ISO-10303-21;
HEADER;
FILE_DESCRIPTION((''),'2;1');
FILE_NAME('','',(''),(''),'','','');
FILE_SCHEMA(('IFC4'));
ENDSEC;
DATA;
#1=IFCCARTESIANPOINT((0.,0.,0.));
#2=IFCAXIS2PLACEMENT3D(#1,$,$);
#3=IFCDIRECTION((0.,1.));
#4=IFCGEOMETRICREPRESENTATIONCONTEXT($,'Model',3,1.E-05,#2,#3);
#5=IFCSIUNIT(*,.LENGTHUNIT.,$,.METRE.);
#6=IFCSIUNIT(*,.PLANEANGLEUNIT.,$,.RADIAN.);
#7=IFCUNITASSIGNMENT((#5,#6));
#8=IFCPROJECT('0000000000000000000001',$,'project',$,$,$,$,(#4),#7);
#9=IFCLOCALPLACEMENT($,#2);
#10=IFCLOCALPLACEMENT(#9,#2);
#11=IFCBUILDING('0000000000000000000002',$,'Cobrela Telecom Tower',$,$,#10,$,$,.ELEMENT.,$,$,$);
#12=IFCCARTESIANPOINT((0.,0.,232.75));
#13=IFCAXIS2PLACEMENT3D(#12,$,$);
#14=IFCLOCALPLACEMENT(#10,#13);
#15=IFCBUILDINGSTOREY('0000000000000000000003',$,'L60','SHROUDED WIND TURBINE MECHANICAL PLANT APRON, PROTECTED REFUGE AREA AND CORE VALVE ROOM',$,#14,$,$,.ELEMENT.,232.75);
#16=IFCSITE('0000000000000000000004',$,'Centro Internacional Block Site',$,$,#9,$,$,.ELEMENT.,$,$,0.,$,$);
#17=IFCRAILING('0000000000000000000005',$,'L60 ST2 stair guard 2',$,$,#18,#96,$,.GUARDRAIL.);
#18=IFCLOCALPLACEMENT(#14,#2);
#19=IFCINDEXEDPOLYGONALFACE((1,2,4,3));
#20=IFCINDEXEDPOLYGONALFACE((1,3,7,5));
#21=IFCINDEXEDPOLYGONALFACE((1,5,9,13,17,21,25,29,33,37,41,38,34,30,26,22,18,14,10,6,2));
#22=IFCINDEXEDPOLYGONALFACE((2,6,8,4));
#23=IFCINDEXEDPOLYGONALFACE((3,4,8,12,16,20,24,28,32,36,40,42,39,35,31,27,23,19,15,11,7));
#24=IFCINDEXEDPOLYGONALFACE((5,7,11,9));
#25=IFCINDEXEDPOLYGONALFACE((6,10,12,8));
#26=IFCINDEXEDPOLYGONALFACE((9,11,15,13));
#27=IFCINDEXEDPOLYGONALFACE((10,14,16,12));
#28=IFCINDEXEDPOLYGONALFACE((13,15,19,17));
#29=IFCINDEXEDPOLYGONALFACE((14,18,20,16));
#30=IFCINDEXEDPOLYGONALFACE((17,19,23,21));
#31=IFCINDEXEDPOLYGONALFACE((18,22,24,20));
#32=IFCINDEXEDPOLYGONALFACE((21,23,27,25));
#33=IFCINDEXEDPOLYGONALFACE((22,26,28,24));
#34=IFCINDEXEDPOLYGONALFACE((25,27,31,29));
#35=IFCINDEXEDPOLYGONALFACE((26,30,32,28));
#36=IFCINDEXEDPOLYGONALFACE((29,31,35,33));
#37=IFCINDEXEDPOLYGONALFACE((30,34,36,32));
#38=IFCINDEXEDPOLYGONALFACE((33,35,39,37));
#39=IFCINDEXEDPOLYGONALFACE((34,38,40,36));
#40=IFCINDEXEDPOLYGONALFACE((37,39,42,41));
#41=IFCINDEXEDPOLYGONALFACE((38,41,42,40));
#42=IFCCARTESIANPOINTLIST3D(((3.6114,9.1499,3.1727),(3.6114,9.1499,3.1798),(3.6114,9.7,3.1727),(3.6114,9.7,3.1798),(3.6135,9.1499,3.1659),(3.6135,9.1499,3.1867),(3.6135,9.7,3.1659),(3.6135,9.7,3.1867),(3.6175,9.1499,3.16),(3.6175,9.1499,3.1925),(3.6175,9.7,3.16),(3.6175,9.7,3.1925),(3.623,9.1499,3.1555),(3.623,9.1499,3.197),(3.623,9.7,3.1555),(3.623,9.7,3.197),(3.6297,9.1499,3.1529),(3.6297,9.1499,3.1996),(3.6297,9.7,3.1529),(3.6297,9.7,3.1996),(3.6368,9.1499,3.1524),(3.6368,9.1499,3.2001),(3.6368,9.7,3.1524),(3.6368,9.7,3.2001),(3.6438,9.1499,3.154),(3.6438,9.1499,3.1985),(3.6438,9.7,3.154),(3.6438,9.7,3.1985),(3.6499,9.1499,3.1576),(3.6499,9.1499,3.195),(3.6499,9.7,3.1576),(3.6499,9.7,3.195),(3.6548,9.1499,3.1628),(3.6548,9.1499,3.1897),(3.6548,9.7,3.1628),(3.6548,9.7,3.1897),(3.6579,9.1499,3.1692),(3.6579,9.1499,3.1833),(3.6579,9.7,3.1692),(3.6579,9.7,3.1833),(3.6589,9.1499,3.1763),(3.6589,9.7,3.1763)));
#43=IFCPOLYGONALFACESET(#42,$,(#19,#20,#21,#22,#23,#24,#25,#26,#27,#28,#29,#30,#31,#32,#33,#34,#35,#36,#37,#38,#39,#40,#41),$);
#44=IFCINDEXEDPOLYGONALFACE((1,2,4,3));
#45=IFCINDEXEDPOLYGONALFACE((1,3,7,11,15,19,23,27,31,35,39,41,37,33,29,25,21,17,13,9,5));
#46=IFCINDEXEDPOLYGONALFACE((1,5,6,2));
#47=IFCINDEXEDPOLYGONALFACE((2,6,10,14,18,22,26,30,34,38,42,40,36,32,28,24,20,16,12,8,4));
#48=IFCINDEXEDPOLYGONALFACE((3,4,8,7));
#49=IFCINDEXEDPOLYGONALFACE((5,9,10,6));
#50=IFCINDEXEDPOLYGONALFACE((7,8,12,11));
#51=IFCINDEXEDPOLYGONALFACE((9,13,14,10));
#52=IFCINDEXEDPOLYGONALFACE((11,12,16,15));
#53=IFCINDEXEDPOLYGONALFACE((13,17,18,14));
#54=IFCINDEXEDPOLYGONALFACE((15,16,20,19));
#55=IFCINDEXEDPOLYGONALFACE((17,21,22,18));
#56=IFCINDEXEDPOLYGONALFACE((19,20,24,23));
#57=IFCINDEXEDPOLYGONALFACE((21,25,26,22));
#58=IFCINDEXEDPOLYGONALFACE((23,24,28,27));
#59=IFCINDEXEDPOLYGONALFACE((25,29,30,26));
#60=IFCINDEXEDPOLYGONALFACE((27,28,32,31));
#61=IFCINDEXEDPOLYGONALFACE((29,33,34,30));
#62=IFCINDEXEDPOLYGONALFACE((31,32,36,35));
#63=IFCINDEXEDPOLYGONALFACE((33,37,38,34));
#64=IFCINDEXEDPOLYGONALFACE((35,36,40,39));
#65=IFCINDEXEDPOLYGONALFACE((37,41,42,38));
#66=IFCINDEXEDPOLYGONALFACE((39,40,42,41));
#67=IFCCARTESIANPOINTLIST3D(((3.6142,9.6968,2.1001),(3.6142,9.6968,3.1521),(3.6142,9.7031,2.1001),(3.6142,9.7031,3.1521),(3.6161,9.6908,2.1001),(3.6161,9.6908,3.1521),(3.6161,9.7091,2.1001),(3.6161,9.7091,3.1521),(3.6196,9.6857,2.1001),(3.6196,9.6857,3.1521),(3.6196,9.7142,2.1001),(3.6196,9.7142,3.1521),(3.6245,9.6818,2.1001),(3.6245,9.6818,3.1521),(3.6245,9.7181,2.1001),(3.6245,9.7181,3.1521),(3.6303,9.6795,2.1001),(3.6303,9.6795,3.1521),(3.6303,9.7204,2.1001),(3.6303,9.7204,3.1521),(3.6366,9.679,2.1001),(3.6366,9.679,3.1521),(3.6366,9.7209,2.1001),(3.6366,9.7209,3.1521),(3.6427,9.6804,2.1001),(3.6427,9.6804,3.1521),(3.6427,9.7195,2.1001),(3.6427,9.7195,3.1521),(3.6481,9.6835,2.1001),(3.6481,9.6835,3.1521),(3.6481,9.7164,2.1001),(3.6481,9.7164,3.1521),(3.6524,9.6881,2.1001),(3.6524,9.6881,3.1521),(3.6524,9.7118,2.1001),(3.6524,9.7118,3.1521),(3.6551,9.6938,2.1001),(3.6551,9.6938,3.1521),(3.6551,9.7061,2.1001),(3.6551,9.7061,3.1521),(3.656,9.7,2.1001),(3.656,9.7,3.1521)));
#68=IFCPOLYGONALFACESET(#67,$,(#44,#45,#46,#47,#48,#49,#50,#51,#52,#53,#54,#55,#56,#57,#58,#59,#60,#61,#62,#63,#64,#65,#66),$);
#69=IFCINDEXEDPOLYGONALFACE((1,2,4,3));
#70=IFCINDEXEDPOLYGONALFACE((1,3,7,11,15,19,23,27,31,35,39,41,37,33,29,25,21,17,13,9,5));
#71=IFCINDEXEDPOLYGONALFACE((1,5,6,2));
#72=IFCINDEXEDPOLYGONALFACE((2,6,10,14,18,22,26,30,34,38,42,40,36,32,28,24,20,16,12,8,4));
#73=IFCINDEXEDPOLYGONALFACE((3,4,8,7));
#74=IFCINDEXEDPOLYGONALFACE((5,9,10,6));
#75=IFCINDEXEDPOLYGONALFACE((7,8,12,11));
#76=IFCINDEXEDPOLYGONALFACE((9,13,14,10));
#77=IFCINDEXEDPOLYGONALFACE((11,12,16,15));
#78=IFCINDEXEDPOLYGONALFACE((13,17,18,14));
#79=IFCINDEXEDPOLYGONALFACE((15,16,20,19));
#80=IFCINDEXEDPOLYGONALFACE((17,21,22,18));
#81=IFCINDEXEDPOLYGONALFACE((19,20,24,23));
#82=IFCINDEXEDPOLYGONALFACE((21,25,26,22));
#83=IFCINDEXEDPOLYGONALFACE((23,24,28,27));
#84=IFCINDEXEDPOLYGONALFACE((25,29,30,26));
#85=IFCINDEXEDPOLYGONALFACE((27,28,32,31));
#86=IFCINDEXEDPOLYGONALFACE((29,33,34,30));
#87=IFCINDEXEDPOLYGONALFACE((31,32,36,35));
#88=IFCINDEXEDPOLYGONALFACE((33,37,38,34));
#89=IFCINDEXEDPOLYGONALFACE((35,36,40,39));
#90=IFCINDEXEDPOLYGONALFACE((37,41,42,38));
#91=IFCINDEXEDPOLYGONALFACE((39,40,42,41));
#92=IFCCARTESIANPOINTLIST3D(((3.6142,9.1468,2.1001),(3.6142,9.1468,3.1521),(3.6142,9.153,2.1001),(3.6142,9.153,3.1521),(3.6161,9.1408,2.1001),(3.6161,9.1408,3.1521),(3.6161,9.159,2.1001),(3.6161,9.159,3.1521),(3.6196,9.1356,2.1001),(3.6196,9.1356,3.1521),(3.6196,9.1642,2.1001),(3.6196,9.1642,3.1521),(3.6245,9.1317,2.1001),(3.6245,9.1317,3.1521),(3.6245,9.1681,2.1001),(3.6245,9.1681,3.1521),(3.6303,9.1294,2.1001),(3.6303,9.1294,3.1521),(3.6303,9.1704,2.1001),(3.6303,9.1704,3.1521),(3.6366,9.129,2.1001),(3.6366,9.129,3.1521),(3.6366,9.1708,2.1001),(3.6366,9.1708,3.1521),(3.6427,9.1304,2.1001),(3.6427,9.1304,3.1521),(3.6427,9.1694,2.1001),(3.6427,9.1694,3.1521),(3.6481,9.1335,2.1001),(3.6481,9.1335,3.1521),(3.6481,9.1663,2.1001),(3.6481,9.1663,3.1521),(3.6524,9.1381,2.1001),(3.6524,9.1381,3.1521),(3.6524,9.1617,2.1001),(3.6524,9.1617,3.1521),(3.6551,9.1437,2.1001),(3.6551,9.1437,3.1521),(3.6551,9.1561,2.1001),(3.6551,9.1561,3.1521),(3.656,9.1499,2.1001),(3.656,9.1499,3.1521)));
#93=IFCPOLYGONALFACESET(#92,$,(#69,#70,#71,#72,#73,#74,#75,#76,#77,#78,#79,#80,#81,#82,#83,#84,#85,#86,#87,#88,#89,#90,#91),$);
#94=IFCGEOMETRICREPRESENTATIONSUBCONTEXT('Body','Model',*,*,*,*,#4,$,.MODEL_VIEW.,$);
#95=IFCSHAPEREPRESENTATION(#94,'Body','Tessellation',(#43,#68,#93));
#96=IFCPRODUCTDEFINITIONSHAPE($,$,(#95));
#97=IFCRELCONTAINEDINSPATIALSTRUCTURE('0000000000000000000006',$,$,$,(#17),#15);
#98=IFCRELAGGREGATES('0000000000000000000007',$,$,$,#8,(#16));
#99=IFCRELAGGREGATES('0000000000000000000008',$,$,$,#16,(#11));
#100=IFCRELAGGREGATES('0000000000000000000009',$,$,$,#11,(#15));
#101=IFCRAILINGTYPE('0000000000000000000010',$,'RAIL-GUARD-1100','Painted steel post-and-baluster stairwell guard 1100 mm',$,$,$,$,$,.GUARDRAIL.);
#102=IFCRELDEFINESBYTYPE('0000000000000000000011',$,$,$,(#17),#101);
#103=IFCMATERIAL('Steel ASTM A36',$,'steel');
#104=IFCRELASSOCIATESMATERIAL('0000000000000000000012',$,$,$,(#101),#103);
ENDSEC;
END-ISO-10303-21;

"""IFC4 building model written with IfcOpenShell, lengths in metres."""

from ifc_helpers import new_model, si_unit, direction, frame, origin, origin_2d, place, context, subcontext, project, spatial, circle, extrude, material, type_object, element, save


model = new_model("IFC4")

# Units and contexts
model_context = context("Model", 3, precision=1e-05, world=origin(), true_north=direction((0.0, 1.0)))
body_context = subcontext(model_context, "Body", "Model", "MODEL_VIEW")
ifc_project = project(units=[si_unit("LENGTHUNIT", "METRE"), si_unit("PLANEANGLEUNIT", "RADIAN")], contexts=[model_context])

# Site, building, storey
site_placement = place(None, origin())
site = spatial("IfcSite", under=ifc_project, at=site_placement, Name="Centro Internacional Block Site", CompositionType="ELEMENT", RefElevation=0.0)
building_placement = place(site_placement, origin())
building = spatial("IfcBuilding", under=site, at=building_placement, Name="Cobrela Telecom Tower", CompositionType="ELEMENT")
storey_placement = place(building_placement, frame((0.0, 0.0, 232.75)))
storey = spatial("IfcBuildingStorey", under=building, at=storey_placement, Name="L60", Description="SHROUDED WIND TURBINE MECHANICAL PLANT APRON, PROTECTED REFUGE AREA AND CORE VALVE ROOM", CompositionType="ELEMENT", Elevation=232.75)

# Railing
ifc_material_1 = material(Name="Steel ASTM A36", Category="steel")
railing_type_1 = type_object("IfcRailingType", Name="RAIL-GUARD-1100", Description="Painted steel post-and-baluster stairwell guard 1100 mm", PredefinedType="GUARDRAIL", material=ifc_material_1)
railing_1_placement = place(storey_placement, frame((3.635, 9.7, 2.1001)))
element("IfcRailing", 1, at=railing_1_placement, inside=storey, type_object=railing_type_1, Name="L60 ST2 stair guard 2", PredefinedType="GUARDRAIL", context=body_context, shape_type="SweptSolid", body=[
    extrude(circle(Radius=0.0239, at=origin_2d()), frame((0.0, 0.0, 1.0762), z_axis=(0.0, -1.0, 0.0), x_axis=(1.0, 0.0, 0.0)), (0.0, 0.0, 1.0), 0.55),
    extrude(circle(Radius=0.021, at=origin_2d()), origin(), (0.0, 0.0, 1.0), 1.052),
    extrude(circle(Radius=0.021, at=origin_2d()), frame((0.0, -0.55, 0.0)), (0.0, 0.0, 1.0), 1.052),
])

save(model, "model.ifc")
